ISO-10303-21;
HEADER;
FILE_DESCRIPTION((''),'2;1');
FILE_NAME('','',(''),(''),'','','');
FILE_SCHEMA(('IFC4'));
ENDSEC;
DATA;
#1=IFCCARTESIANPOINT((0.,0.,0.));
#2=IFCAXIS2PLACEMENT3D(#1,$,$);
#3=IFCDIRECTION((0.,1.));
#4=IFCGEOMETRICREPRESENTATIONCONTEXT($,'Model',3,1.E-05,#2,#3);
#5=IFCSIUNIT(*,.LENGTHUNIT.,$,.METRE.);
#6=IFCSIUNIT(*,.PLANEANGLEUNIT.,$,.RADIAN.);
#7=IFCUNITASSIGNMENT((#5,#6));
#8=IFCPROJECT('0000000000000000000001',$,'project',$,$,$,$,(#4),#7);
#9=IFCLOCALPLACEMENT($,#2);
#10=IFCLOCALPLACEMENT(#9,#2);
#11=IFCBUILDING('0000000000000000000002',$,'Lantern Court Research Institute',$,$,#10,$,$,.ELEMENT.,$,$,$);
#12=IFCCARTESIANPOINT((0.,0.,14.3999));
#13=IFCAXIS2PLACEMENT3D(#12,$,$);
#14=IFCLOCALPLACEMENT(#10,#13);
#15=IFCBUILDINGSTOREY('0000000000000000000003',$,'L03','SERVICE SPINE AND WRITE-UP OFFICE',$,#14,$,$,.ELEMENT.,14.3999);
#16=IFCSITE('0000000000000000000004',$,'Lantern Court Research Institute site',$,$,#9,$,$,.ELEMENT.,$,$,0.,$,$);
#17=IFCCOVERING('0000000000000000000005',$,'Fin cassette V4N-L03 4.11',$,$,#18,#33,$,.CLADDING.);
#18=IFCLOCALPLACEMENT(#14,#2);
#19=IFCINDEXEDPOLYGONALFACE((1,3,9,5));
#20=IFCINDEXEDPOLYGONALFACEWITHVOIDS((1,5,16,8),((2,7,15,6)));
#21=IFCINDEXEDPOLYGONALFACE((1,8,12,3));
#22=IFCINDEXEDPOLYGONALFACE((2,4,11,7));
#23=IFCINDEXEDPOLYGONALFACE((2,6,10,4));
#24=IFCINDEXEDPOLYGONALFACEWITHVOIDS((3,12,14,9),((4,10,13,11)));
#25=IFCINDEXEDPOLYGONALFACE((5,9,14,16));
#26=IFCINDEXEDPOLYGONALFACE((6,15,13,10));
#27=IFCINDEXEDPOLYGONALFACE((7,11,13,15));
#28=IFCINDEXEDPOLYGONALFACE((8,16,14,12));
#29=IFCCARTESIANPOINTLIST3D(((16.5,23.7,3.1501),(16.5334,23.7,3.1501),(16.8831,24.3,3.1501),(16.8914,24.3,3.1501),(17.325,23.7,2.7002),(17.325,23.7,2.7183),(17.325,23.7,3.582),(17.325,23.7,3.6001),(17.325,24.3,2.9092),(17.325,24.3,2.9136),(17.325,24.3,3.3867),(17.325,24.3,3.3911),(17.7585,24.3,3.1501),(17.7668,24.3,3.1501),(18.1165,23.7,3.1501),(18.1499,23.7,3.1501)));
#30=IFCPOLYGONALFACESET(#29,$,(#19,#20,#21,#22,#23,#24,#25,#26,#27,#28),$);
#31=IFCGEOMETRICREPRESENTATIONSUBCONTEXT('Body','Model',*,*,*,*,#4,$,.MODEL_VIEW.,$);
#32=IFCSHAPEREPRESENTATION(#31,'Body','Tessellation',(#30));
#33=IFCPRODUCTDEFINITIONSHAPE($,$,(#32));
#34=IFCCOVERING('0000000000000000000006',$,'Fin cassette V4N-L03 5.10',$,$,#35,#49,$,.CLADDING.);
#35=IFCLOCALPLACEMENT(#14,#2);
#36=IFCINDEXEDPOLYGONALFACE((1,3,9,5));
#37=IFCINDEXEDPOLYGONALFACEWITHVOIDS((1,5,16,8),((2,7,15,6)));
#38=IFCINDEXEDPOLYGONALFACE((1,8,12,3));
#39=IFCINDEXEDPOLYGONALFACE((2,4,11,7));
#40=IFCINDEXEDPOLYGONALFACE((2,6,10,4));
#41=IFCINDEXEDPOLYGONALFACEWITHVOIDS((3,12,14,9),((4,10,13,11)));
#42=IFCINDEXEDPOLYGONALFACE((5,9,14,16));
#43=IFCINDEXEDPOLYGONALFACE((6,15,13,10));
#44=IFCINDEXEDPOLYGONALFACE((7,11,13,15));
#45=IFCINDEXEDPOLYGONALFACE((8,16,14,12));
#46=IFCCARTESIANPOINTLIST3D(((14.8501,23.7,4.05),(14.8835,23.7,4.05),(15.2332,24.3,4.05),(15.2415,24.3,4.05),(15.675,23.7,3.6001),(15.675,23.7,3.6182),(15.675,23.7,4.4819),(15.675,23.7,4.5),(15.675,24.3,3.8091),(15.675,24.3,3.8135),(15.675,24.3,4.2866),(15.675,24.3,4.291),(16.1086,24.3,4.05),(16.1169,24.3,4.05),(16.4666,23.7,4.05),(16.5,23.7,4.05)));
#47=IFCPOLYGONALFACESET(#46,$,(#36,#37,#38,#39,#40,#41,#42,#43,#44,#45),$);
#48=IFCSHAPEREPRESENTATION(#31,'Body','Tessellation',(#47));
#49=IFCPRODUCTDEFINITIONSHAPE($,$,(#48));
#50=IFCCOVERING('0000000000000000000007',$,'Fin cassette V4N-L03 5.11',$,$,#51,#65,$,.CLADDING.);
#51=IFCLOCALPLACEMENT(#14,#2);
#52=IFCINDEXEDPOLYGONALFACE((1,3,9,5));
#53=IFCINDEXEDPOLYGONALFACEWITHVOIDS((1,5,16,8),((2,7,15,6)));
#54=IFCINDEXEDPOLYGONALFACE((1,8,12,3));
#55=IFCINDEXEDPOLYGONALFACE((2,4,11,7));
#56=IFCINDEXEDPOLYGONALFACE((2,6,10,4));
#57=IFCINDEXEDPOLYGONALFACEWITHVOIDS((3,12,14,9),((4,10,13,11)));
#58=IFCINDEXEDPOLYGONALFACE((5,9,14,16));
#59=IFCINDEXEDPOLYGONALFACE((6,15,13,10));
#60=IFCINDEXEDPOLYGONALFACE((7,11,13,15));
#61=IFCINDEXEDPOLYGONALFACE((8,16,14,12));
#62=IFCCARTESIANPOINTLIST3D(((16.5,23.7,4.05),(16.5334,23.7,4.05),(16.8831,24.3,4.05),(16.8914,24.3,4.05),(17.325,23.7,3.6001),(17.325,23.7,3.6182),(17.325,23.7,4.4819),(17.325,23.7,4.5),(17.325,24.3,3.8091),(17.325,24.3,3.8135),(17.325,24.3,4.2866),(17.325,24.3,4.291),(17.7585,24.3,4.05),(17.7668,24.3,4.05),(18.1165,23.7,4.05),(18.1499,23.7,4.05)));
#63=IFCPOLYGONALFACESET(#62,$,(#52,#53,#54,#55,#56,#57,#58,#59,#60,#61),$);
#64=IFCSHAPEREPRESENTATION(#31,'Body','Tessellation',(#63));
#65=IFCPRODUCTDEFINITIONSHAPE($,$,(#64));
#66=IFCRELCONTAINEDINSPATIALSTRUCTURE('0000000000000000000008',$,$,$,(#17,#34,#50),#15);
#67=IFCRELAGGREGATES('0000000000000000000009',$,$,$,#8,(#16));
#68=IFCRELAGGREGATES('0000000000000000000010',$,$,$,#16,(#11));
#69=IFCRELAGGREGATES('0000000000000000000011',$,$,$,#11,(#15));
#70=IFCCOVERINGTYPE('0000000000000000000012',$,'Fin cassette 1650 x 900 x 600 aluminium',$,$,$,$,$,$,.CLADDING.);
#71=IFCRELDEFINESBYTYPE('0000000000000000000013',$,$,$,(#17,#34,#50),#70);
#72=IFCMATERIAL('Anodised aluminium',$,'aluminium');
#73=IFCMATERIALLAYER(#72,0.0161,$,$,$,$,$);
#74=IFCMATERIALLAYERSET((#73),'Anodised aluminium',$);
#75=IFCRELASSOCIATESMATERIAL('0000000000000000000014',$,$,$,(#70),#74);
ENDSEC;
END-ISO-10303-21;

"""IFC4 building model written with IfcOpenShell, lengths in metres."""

from ifc_helpers import new_model, entity, si_unit, direction, frame, origin, place, context, subcontext, project, spatial, material, layer, layer_set, type_object, element, save


model = new_model("IFC4")

# Units and contexts
model_context = context("Model", 3, precision=1e-05, world=origin(), true_north=direction((0.0, 1.0)))
body_context = subcontext(model_context, "Body", "Model", "MODEL_VIEW")
ifc_project = project(units=[si_unit("LENGTHUNIT", "METRE"), si_unit("PLANEANGLEUNIT", "RADIAN")], contexts=[model_context])

# Site, building, storey
site_placement = place(None, origin())
site = spatial("IfcSite", under=ifc_project, at=site_placement, Name="Lantern Court Research Institute site", CompositionType="ELEMENT", RefElevation=0.0)
building_placement = place(site_placement, origin())
building = spatial("IfcBuilding", under=site, at=building_placement, Name="Lantern Court Research Institute", CompositionType="ELEMENT")
storey_placement = place(building_placement, frame((0.0, 0.0, 14.3999)))
storey = spatial("IfcBuildingStorey", under=building, at=storey_placement, Name="L03", Description="SERVICE SPINE AND WRITE-UP OFFICE", CompositionType="ELEMENT", Elevation=14.3999)

# Coverings
ifc_material_1 = material(Name="Anodised aluminium", Category="aluminium")
ifc_layer_1 = layer(ifc_material_1, 0.0161)
ifc_layer_set_1 = layer_set([ifc_layer_1], Name="Anodised aluminium")
covering_type = type_object("IfcCoveringType", Name="Fin cassette 1650 x 900 x 600 aluminium", PredefinedType="CLADDING", material=ifc_layer_set_1)
covering_1_placement = place(storey_placement, frame((17.325, 23.7, 3.1501), z_axis=(0.0, 1.0, 0.0), x_axis=(-1.0, 0.0, 0.0)))
cartesian_point_1 = entity("IfcCartesianPoint", [0.825, 0.0])
cartesian_point_2 = entity("IfcCartesianPoint", [0.7915, 0.0])
cartesian_point_3 = entity("IfcCartesianPoint", [0.4419, 0.0])
cartesian_point_4 = entity("IfcCartesianPoint", [0.4336, 0.0])
element("IfcCovering", 1, at=covering_1_placement, inside=storey, type_object=covering_type, Name="Fin cassette V4N-L03 4.11", PredefinedType="CLADDING", context=body_context, shape_type="SweptSolid", body=[
    entity("IfcExtrudedAreaSolidTapered", entity("IfcArbitraryProfileDefWithVoids", "AREA", None, entity("IfcPolyline", [cartesian_point_1, entity("IfcCartesianPoint", [0.0, 0.45]), entity("IfcCartesianPoint", [-0.825, 0.0]), entity("IfcCartesianPoint", [0.0, -0.45]), cartesian_point_1]), [entity("IfcPolyline", [cartesian_point_2, entity("IfcCartesianPoint", [0.0, 0.4319]), entity("IfcCartesianPoint", [-0.7915, 0.0]), entity("IfcCartesianPoint", [0.0, -0.4319]), cartesian_point_2])]), entity("IfcAxis2Placement3D", entity("IfcCartesianPoint", [0.0, 0.0, 0.0])), entity("IfcDirection", [0.0, 0.0, 1.0]), 0.6001, entity("IfcArbitraryProfileDefWithVoids", "AREA", None, entity("IfcPolyline", [cartesian_point_3, entity("IfcCartesianPoint", [0.0, 0.241]), entity("IfcCartesianPoint", [-0.4419, 0.0]), entity("IfcCartesianPoint", [0.0, -0.241]), cartesian_point_3]), [entity("IfcPolyline", [cartesian_point_4, entity("IfcCartesianPoint", [0.0, 0.2366]), entity("IfcCartesianPoint", [-0.4336, 0.0]), entity("IfcCartesianPoint", [0.0, -0.2366]), cartesian_point_4])])),
])
covering_2_placement = place(storey_placement, frame((15.675, 23.7, 4.05), z_axis=(0.0, 1.0, 0.0), x_axis=(-1.0, 0.0, 0.0)))
cartesian_point_5 = entity("IfcCartesianPoint", [0.825, 0.0])
cartesian_point_6 = entity("IfcCartesianPoint", [0.7915, 0.0])
cartesian_point_7 = entity("IfcCartesianPoint", [0.4419, 0.0])
cartesian_point_8 = entity("IfcCartesianPoint", [0.4336, 0.0])
element("IfcCovering", 2, at=covering_2_placement, inside=storey, type_object=covering_type, Name="Fin cassette V4N-L03 5.10", PredefinedType="CLADDING", context=body_context, shape_type="SweptSolid", body=[
    entity("IfcExtrudedAreaSolidTapered", entity("IfcArbitraryProfileDefWithVoids", "AREA", None, entity("IfcPolyline", [cartesian_point_5, entity("IfcCartesianPoint", [0.0, 0.45]), entity("IfcCartesianPoint", [-0.825, 0.0]), entity("IfcCartesianPoint", [0.0, -0.45]), cartesian_point_5]), [entity("IfcPolyline", [cartesian_point_6, entity("IfcCartesianPoint", [0.0, 0.4319]), entity("IfcCartesianPoint", [-0.7915, 0.0]), entity("IfcCartesianPoint", [0.0, -0.4319]), cartesian_point_6])]), entity("IfcAxis2Placement3D", entity("IfcCartesianPoint", [0.0, 0.0, 0.0])), entity("IfcDirection", [0.0, 0.0, 1.0]), 0.6001, entity("IfcArbitraryProfileDefWithVoids", "AREA", None, entity("IfcPolyline", [cartesian_point_7, entity("IfcCartesianPoint", [0.0, 0.241]), entity("IfcCartesianPoint", [-0.4419, 0.0]), entity("IfcCartesianPoint", [0.0, -0.241]), cartesian_point_7]), [entity("IfcPolyline", [cartesian_point_8, entity("IfcCartesianPoint", [0.0, 0.2366]), entity("IfcCartesianPoint", [-0.4336, 0.0]), entity("IfcCartesianPoint", [0.0, -0.2366]), cartesian_point_8])])),
])
covering_3_placement = place(storey_placement, frame((17.325, 23.7, 4.05), z_axis=(0.0, 1.0, 0.0), x_axis=(-1.0, 0.0, 0.0)))
cartesian_point_9 = entity("IfcCartesianPoint", [0.825, 0.0])
cartesian_point_10 = entity("IfcCartesianPoint", [0.7915, 0.0])
cartesian_point_11 = entity("IfcCartesianPoint", [0.4419, 0.0])
cartesian_point_12 = entity("IfcCartesianPoint", [0.4336, 0.0])
element("IfcCovering", 3, at=covering_3_placement, inside=storey, type_object=covering_type, Name="Fin cassette V4N-L03 5.11", PredefinedType="CLADDING", context=body_context, shape_type="SweptSolid", body=[
    entity("IfcExtrudedAreaSolidTapered", entity("IfcArbitraryProfileDefWithVoids", "AREA", None, entity("IfcPolyline", [cartesian_point_9, entity("IfcCartesianPoint", [0.0, 0.45]), entity("IfcCartesianPoint", [-0.825, 0.0]), entity("IfcCartesianPoint", [0.0, -0.45]), cartesian_point_9]), [entity("IfcPolyline", [cartesian_point_10, entity("IfcCartesianPoint", [0.0, 0.4319]), entity("IfcCartesianPoint", [-0.7915, 0.0]), entity("IfcCartesianPoint", [0.0, -0.4319]), cartesian_point_10])]), entity("IfcAxis2Placement3D", entity("IfcCartesianPoint", [0.0, 0.0, 0.0])), entity("IfcDirection", [0.0, 0.0, 1.0]), 0.6001, entity("IfcArbitraryProfileDefWithVoids", "AREA", None, entity("IfcPolyline", [cartesian_point_11, entity("IfcCartesianPoint", [0.0, 0.241]), entity("IfcCartesianPoint", [-0.4419, 0.0]), entity("IfcCartesianPoint", [0.0, -0.241]), cartesian_point_11]), [entity("IfcPolyline", [cartesian_point_12, entity("IfcCartesianPoint", [0.0, 0.2366]), entity("IfcCartesianPoint", [-0.4336, 0.0]), entity("IfcCartesianPoint", [0.0, -0.2366]), cartesian_point_12])])),
])

save(model, "model.ifc")
